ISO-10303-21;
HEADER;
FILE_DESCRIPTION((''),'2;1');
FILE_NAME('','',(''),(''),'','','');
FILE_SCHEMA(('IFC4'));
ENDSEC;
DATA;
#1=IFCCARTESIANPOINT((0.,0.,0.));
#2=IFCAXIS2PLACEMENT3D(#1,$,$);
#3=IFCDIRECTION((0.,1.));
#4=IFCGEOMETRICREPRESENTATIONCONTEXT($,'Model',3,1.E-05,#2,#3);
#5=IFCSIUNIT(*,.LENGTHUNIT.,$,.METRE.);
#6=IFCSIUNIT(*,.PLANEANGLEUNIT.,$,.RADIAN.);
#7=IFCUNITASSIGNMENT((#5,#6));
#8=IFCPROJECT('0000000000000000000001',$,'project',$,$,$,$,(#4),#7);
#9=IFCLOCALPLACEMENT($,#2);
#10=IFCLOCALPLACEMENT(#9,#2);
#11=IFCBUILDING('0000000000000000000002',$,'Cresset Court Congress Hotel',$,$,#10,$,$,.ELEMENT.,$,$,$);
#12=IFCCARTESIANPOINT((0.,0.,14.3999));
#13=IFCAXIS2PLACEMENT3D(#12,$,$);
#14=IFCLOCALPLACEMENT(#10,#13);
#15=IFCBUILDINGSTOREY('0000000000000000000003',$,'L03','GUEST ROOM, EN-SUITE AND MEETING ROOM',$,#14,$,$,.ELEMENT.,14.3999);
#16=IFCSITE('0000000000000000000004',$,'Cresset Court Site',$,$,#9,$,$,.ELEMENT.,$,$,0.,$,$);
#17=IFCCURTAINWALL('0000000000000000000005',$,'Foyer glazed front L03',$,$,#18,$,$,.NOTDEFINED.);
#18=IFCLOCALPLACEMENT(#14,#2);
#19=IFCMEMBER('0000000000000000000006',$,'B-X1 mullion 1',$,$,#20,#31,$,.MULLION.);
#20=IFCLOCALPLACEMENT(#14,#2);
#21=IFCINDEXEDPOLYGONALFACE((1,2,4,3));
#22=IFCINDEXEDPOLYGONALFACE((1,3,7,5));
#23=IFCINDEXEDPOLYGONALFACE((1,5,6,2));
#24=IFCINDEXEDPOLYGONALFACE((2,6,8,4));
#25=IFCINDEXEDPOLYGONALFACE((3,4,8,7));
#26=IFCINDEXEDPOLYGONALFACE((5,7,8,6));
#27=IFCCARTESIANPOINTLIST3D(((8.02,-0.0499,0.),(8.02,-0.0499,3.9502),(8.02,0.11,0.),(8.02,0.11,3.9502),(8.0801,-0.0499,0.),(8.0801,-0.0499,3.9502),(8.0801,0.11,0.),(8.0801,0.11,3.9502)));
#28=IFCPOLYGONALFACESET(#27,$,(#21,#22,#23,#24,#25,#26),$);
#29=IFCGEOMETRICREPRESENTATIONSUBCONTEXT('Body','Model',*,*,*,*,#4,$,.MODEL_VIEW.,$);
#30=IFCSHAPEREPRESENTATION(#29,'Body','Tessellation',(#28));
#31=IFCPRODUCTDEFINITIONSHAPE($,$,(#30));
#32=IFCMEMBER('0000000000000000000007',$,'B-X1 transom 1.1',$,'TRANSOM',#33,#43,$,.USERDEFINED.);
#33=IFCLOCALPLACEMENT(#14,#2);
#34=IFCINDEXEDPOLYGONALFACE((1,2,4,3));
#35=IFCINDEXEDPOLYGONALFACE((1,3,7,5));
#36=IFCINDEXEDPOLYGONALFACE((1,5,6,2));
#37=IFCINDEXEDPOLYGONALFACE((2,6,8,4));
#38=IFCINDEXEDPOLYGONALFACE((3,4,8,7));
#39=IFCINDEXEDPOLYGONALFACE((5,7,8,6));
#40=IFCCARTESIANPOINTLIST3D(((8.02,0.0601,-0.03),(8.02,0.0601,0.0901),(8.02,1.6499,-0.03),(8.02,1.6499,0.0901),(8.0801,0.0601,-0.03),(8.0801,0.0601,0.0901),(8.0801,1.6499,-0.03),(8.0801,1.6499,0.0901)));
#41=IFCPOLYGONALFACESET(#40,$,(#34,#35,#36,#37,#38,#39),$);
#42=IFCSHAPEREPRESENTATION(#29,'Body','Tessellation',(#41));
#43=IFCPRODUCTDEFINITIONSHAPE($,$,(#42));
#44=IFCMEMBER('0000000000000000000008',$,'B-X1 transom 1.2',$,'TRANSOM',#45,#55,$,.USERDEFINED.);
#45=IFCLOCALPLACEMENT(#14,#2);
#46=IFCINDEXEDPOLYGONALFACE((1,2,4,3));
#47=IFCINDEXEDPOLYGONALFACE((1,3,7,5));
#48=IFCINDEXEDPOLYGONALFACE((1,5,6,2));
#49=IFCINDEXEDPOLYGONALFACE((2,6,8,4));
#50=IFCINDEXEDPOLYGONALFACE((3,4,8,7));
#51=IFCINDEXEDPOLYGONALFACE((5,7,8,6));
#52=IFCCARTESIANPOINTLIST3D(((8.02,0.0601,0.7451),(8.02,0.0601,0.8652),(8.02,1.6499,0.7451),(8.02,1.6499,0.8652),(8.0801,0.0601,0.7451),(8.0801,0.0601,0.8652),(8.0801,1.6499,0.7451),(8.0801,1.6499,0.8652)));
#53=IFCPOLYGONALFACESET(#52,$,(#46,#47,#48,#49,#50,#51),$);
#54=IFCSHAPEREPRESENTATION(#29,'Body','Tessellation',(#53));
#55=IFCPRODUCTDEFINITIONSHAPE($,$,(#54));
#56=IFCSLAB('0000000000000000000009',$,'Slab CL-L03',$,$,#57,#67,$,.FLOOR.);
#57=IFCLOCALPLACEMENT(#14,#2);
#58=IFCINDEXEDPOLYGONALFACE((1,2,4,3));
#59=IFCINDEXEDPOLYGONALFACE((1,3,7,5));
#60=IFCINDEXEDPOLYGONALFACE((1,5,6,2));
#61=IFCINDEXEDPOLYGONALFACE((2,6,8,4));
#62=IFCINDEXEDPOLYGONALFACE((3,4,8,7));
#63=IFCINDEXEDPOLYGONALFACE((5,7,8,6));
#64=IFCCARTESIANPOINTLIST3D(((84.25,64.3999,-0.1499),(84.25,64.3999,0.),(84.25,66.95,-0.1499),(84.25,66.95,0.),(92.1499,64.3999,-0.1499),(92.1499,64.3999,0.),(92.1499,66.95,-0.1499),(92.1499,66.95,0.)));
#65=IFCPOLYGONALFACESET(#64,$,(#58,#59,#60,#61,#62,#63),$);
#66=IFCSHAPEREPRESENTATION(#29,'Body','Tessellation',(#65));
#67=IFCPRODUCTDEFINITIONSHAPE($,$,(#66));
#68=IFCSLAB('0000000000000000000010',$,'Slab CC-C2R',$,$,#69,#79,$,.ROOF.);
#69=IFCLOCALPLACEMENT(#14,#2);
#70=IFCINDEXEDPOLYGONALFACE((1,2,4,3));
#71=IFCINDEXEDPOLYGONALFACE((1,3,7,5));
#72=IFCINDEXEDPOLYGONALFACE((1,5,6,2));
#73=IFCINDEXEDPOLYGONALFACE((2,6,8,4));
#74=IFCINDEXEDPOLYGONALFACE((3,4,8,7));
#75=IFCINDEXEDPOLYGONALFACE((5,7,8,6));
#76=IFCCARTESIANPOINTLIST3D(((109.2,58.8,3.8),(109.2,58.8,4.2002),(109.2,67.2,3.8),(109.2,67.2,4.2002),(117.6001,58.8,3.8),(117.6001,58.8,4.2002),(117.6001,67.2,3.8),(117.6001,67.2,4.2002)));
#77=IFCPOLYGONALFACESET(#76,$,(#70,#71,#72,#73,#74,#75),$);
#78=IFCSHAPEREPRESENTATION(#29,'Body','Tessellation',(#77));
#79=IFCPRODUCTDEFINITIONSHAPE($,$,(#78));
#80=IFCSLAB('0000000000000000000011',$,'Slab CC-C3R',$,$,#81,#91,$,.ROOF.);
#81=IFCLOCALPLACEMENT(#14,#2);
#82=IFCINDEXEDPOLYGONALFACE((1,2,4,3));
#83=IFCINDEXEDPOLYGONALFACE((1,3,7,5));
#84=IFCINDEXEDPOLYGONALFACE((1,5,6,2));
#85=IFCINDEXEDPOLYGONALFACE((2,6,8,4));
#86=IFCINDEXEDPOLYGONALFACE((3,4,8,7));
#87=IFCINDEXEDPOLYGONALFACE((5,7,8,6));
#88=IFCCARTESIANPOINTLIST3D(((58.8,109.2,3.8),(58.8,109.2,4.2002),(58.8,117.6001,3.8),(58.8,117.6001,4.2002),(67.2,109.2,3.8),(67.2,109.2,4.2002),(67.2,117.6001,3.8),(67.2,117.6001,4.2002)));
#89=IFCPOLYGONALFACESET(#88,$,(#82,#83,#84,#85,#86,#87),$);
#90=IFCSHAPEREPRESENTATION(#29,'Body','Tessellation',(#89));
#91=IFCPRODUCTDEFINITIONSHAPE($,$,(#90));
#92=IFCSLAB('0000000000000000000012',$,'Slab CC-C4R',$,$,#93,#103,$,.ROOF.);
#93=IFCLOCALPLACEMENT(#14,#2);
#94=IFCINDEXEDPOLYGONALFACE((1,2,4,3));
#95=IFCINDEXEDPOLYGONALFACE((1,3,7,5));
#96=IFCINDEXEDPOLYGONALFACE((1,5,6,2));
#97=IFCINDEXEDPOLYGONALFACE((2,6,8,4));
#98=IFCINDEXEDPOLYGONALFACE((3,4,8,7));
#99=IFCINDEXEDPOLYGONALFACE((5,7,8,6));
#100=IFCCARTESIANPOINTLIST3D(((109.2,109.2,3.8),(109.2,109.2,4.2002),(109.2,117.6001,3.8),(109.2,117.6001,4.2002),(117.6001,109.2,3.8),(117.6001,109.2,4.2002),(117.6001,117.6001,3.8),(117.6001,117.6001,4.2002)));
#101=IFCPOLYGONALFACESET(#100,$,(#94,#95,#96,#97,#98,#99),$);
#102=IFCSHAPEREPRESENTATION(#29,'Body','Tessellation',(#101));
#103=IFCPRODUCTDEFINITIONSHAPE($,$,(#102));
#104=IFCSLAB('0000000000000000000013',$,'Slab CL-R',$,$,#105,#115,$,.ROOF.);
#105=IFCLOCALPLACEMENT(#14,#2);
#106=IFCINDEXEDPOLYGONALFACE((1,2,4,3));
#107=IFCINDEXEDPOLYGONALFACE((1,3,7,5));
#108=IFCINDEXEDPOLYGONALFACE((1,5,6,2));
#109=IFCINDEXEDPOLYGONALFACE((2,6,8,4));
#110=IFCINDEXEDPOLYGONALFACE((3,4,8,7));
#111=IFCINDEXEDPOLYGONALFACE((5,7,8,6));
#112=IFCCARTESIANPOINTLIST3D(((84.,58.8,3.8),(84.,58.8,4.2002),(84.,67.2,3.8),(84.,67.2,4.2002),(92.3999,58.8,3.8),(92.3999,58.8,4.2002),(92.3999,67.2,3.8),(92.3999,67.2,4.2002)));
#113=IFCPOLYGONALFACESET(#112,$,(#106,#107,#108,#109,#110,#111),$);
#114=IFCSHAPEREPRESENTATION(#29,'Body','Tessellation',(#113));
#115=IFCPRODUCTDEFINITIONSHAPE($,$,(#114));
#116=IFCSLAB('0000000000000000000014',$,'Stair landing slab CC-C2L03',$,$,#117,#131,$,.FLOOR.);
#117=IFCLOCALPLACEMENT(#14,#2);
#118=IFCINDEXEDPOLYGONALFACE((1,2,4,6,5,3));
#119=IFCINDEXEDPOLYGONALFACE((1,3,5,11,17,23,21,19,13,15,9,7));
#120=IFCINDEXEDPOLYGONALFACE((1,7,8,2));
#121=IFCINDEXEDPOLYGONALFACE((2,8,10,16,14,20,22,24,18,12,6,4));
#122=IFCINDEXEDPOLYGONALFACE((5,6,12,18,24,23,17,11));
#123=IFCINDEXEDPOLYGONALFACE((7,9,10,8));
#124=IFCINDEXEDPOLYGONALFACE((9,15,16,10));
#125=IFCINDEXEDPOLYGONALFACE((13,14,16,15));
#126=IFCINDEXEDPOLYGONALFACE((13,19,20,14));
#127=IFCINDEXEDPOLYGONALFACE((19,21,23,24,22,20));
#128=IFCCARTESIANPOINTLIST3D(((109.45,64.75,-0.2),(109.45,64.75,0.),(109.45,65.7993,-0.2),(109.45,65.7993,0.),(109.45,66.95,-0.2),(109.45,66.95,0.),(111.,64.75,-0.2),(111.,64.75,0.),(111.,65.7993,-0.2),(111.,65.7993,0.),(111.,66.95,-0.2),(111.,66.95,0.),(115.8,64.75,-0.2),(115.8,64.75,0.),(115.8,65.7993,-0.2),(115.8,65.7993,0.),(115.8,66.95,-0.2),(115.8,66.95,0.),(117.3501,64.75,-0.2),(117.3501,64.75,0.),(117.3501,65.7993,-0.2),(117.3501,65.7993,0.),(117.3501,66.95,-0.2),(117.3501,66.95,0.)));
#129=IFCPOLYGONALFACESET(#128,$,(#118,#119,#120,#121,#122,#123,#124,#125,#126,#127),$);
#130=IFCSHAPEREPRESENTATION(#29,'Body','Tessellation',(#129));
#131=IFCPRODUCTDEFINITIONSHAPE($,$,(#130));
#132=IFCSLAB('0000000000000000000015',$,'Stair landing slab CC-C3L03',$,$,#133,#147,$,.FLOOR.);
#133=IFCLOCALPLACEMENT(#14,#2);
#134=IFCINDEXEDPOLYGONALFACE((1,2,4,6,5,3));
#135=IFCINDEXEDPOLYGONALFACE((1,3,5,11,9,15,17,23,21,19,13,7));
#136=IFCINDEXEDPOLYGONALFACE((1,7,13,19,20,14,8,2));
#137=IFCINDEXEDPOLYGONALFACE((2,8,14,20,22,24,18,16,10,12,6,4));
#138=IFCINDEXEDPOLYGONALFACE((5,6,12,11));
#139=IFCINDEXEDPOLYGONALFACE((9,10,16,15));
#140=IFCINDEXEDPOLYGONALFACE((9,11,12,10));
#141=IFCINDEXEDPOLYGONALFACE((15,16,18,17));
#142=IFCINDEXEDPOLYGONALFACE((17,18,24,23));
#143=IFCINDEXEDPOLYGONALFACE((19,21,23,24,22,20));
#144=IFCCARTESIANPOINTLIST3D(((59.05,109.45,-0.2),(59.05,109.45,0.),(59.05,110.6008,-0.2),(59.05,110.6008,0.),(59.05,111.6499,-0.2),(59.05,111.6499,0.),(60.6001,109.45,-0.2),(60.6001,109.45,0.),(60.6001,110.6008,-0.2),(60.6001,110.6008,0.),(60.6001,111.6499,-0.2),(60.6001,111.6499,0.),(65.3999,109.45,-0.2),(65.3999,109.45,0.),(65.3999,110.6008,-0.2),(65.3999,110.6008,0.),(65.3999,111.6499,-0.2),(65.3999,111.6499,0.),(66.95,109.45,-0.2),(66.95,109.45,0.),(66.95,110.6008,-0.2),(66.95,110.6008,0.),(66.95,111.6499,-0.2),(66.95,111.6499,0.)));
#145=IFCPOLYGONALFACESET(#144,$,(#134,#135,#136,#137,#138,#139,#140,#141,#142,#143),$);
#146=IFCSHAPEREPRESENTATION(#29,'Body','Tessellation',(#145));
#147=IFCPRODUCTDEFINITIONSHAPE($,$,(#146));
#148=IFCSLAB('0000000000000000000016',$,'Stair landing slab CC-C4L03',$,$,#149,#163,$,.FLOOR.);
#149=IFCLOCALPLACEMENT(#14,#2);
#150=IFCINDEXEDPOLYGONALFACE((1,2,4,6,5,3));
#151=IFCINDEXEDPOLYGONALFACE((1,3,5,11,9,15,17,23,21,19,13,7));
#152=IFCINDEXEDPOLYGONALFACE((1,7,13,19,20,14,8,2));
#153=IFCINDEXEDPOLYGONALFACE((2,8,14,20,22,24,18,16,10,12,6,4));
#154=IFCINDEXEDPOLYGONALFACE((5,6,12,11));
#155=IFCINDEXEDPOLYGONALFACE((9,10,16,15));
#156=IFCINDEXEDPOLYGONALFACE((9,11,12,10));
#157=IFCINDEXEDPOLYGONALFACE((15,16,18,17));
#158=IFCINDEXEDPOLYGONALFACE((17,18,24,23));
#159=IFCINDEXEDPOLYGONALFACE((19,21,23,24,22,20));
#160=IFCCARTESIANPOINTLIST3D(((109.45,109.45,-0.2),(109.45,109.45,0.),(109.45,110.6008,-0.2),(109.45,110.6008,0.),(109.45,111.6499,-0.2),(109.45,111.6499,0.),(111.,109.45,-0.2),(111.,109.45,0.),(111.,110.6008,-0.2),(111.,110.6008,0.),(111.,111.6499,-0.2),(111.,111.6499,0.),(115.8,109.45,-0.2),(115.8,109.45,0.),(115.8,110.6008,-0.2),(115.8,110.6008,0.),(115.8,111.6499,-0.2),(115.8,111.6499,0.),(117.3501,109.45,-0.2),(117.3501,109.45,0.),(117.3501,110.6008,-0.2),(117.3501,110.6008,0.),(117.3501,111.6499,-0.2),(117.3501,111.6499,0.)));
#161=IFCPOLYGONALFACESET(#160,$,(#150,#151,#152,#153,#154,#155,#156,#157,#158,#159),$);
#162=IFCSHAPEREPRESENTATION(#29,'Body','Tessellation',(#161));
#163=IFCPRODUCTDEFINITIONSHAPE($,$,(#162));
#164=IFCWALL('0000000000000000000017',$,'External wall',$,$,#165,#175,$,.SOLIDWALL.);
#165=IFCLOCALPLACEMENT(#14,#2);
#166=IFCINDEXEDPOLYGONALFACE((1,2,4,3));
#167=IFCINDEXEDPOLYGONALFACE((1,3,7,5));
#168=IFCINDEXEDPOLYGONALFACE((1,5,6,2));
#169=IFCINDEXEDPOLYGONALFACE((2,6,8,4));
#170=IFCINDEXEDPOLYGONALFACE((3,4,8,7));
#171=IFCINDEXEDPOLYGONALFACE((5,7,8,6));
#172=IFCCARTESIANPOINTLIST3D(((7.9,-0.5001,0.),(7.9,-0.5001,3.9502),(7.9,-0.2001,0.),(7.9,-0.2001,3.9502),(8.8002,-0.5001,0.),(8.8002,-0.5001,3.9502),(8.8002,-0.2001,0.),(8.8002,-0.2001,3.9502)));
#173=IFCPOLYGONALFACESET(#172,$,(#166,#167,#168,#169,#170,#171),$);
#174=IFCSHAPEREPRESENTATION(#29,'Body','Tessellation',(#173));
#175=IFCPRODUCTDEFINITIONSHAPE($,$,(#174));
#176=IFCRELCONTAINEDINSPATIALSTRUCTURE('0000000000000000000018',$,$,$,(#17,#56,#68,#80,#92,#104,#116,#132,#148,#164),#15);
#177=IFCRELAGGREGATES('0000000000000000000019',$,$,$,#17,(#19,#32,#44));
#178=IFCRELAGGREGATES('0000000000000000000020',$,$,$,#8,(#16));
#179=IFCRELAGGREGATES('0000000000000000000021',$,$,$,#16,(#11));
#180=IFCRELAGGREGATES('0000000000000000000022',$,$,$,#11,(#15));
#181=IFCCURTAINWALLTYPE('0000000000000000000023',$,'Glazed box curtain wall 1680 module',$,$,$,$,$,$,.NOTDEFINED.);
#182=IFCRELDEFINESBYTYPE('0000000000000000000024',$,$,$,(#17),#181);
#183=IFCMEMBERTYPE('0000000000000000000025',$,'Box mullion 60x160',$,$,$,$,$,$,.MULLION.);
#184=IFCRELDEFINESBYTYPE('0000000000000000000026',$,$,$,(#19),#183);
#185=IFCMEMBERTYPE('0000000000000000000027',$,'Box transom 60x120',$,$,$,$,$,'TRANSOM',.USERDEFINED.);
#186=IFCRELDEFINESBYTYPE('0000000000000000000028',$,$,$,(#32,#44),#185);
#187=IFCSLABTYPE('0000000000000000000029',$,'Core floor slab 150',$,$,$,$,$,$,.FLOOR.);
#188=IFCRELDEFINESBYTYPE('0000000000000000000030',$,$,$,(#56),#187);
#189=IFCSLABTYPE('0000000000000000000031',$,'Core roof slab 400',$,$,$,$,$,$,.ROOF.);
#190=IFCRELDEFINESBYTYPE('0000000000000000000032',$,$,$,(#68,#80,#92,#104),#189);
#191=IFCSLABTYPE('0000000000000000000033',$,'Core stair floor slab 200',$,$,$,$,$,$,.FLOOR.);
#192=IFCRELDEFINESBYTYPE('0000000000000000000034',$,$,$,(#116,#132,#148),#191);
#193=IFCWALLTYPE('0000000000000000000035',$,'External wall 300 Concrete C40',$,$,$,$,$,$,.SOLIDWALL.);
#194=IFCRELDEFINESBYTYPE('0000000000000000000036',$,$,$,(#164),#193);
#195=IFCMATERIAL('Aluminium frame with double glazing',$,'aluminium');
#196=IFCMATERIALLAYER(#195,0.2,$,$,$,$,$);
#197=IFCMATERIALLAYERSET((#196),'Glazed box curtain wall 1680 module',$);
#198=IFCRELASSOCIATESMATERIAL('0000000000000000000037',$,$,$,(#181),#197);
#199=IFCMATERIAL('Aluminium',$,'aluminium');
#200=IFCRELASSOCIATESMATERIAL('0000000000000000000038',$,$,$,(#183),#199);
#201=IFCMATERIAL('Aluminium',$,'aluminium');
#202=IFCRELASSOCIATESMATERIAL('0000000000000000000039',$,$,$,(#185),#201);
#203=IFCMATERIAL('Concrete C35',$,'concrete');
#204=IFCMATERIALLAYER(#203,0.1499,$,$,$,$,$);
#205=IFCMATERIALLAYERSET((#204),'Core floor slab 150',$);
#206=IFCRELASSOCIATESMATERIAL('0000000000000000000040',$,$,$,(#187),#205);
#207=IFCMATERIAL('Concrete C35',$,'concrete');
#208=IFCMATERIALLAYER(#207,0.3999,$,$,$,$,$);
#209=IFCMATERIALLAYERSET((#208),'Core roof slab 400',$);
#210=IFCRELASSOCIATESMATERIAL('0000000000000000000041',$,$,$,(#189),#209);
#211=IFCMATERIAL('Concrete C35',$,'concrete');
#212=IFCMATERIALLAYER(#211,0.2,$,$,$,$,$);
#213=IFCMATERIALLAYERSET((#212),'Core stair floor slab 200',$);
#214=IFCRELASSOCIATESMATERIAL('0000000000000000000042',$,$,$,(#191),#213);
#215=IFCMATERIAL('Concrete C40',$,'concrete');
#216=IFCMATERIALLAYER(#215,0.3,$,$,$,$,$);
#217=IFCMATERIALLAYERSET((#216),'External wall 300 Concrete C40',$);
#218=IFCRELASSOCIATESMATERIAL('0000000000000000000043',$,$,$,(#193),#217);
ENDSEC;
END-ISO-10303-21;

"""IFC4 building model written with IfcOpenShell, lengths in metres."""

from ifc_helpers import new_model, si_unit, direction, frame, frame_2d, origin, origin_2d, place, context, subcontext, project, spatial, polyline, rectangle, outline, extrude, material, layer, layer_set, material_profile, profile_set, type_object, element, aggregate, save


model = new_model("IFC4")

# Units and contexts
model_context = context("Model", 3, precision=1e-05, world=origin(), true_north=direction((0.0, 1.0)))
body_context = subcontext(model_context, "Body", "Model", "MODEL_VIEW")
ifc_project = project(units=[si_unit("LENGTHUNIT", "METRE"), si_unit("PLANEANGLEUNIT", "RADIAN")], contexts=[model_context])

# Site, building, storey
site_placement = place(None, origin())
site = spatial("IfcSite", under=ifc_project, at=site_placement, Name="Cresset Court Site", CompositionType="ELEMENT", RefElevation=0.0)
building_placement = place(site_placement, origin())
building = spatial("IfcBuilding", under=site, at=building_placement, Name="Cresset Court Congress Hotel", CompositionType="ELEMENT")
storey_placement = place(building_placement, frame((0.0, 0.0, 14.3999)))
storey = spatial("IfcBuildingStorey", under=building, at=storey_placement, Name="L03", Description="GUEST ROOM, EN-SUITE AND MEETING ROOM", CompositionType="ELEMENT", Elevation=14.3999)

# Curtain wall, members
ifc_material_1 = material(Name="Aluminium frame with double glazing", Category="aluminium")
ifc_layer_1 = layer(ifc_material_1, 0.2)
ifc_layer_set_1 = layer_set([ifc_layer_1], Name="Glazed box curtain wall 1680 module")
curtain_wall_type = type_object("IfcCurtainWallType", Name="Glazed box curtain wall 1680 module", PredefinedType="NOTDEFINED", material=ifc_layer_set_1)
curtain_wall_placement = place(storey_placement, origin())
curtain_wall = element("IfcCurtainWall", 1, at=curtain_wall_placement, inside=storey, type_object=curtain_wall_type, Name="Foyer glazed front L03", PredefinedType="NOTDEFINED")
ifc_material_2 = material(Name="Aluminium", Category="aluminium")
ifc_material_profile_1 = material_profile(ifc_material_2, rectangle(XDim=0.0601, YDim=0.1599, at=origin_2d()), Name="Box mullion 60x160")
ifc_profile_set_1 = profile_set([ifc_material_profile_1], Name="Aluminium")
member_type_1 = type_object("IfcMemberType", Name="Box mullion 60x160", PredefinedType="MULLION", material=ifc_profile_set_1)
member_1_placement = place(storey_placement, frame((8.05, 0.03, 0.0), z_axis=(0.0, 0.0, 1.0), x_axis=(-1.0, 0.0, 0.0)))
member_1 = element("IfcMember", 2, at=member_1_placement, type_object=member_type_1, Name="B-X1 mullion 1", PredefinedType="MULLION", context=body_context, shape_type="SweptSolid", body=[
    extrude(rectangle(XDim=0.0601, YDim=0.1599, at=origin_2d()), origin(), (0.0, 0.0, 1.0), 3.9502),
])
ifc_material_3 = material(Name="Aluminium", Category="aluminium")
ifc_material_profile_2 = material_profile(ifc_material_3, rectangle(XDim=0.0601, YDim=0.1201, at=origin_2d()), Name="Box transom 60x120")
ifc_profile_set_2 = profile_set([ifc_material_profile_2], Name="Aluminium")
member_type_2 = type_object("IfcMemberType", Name="Box transom 60x120", ElementType="TRANSOM", PredefinedType="USERDEFINED", material=ifc_profile_set_2)
member_2_placement = place(storey_placement, frame((8.05, 0.0601, 0.03), z_axis=(0.0, 1.0, 0.0), x_axis=(-1.0, 0.0, 0.0)))
member_2 = element("IfcMember", 3, at=member_2_placement, type_object=member_type_2, Name="B-X1 transom 1.1", ObjectType="TRANSOM", PredefinedType="USERDEFINED", context=body_context, shape_type="SweptSolid", body=[
    extrude(rectangle(XDim=0.0601, YDim=0.1201, at=origin_2d()), origin(), (0.0, 0.0, 1.0), 1.5898),
])
member_3_placement = place(storey_placement, frame((8.05, 0.0601, 0.8052), z_axis=(0.0, 1.0, 0.0), x_axis=(-1.0, 0.0, 0.0)))
member_3 = element("IfcMember", 4, at=member_3_placement, type_object=member_type_2, Name="B-X1 transom 1.2", ObjectType="TRANSOM", PredefinedType="USERDEFINED", context=body_context, shape_type="SweptSolid", body=[
    extrude(rectangle(XDim=0.0601, YDim=0.1201, at=origin_2d()), origin(), (0.0, 0.0, 1.0), 1.5898),
])
aggregate(curtain_wall, [member_1, member_2, member_3])

# Slabs
ifc_material_4 = material(Name="Concrete C35", Category="concrete")
ifc_layer_2 = layer(ifc_material_4, 0.1499)
ifc_layer_set_2 = layer_set([ifc_layer_2], Name="Core floor slab 150")
slab_type_1 = type_object("IfcSlabType", Name="Core floor slab 150", PredefinedType="FLOOR", material=ifc_layer_set_2)
slab_1_placement = place(storey_placement, frame((0.0, 0.0, -0.1499)))
element("IfcSlab", 5, at=slab_1_placement, inside=storey, type_object=slab_type_1, Name="Slab CL-L03", PredefinedType="FLOOR", context=body_context, shape_type="SweptSolid", body=[
    extrude(outline(polyline([(92.1499, 64.3999), (92.1499, 66.95), (84.25, 66.95), (84.25, 64.3999), (92.1499, 64.3999)])), origin(), (0.0, 0.0, 1.0), 0.1499),
])
ifc_material_5 = material(Name="Concrete C35", Category="concrete")
ifc_layer_3 = layer(ifc_material_5, 0.3999)
ifc_layer_set_3 = layer_set([ifc_layer_3], Name="Core roof slab 400")
slab_type_2 = type_object("IfcSlabType", Name="Core roof slab 400", PredefinedType="ROOF", material=ifc_layer_set_3)
slab_2_placement = place(storey_placement, frame((0.0, 0.0, 3.8)))
element("IfcSlab", 6, at=slab_2_placement, inside=storey, type_object=slab_type_2, Name="Slab CC-C2R", PredefinedType="ROOF", context=body_context, shape_type="SweptSolid", body=[
    extrude(outline(polyline([(117.6001, 58.8), (117.6001, 67.2), (109.2, 67.2), (109.2, 58.8), (117.6001, 58.8)])), origin(), (0.0, 0.0, 1.0), 0.4001),
])
slab_3_placement = place(storey_placement, frame((0.0, 0.0, 3.8)))
element("IfcSlab", 7, at=slab_3_placement, inside=storey, type_object=slab_type_2, Name="Slab CC-C3R", PredefinedType="ROOF", context=body_context, shape_type="SweptSolid", body=[
    extrude(outline(polyline([(67.2, 109.2), (67.2, 117.6001), (58.8, 117.6001), (58.8, 109.2), (67.2, 109.2)])), origin(), (0.0, 0.0, 1.0), 0.4001),
])
slab_4_placement = place(storey_placement, frame((0.0, 0.0, 3.8)))
element("IfcSlab", 8, at=slab_4_placement, inside=storey, type_object=slab_type_2, Name="Slab CC-C4R", PredefinedType="ROOF", context=body_context, shape_type="SweptSolid", body=[
    extrude(outline(polyline([(117.6001, 109.2), (117.6001, 117.6001), (109.2, 117.6001), (109.2, 109.2), (117.6001, 109.2)])), origin(), (0.0, 0.0, 1.0), 0.4001),
])
slab_5_placement = place(storey_placement, frame((0.0, 0.0, 3.8)))
element("IfcSlab", 9, at=slab_5_placement, inside=storey, type_object=slab_type_2, Name="Slab CL-R", PredefinedType="ROOF", context=body_context, shape_type="SweptSolid", body=[
    extrude(outline(polyline([(92.3999, 58.8), (92.3999, 67.2), (84.0, 67.2), (84.0, 58.8), (92.3999, 58.8)])), origin(), (0.0, 0.0, 1.0), 0.4001),
])
ifc_material_6 = material(Name="Concrete C35", Category="concrete")
ifc_layer_4 = layer(ifc_material_6, 0.2)
ifc_layer_set_4 = layer_set([ifc_layer_4], Name="Core stair floor slab 200")
slab_type_3 = type_object("IfcSlabType", Name="Core stair floor slab 200", PredefinedType="FLOOR", material=ifc_layer_set_4)
slab_6_placement = place(storey_placement, frame((0.0, 0.0, -0.2)))
element("IfcSlab", 10, at=slab_6_placement, inside=storey, type_object=slab_type_3, Name="Stair landing slab CC-C2L03", PredefinedType="FLOOR", context=body_context, shape_type="SweptSolid", body=[
    extrude(outline(polyline([(111.0, 64.75), (109.45, 64.75), (109.45, 65.7993), (109.45, 66.95), (111.0, 66.95), (115.8, 66.95), (117.3501, 66.95), (117.3501, 65.7993), (117.3501, 64.75), (115.8, 64.75), (115.8, 65.7993), (111.0, 65.7993), (111.0, 64.75)])), origin(), (0.0, 0.0, 1.0), 0.2),
])
slab_7_placement = place(storey_placement, frame((0.0, 0.0, -0.2)))
element("IfcSlab", 11, at=slab_7_placement, inside=storey, type_object=slab_type_3, Name="Stair landing slab CC-C3L03", PredefinedType="FLOOR", context=body_context, shape_type="SweptSolid", body=[
    extrude(outline(polyline([(66.95, 109.45), (65.3999, 109.45), (60.6001, 109.45), (59.05, 109.45), (59.05, 110.6008), (59.05, 111.6499), (60.6001, 111.6499), (60.6001, 110.6008), (65.3999, 110.6008), (65.3999, 111.6499), (66.95, 111.6499), (66.95, 110.6008), (66.95, 109.45)])), origin(), (0.0, 0.0, 1.0), 0.2),
])
slab_8_placement = place(storey_placement, frame((0.0, 0.0, -0.2)))
element("IfcSlab", 12, at=slab_8_placement, inside=storey, type_object=slab_type_3, Name="Stair landing slab CC-C4L03", PredefinedType="FLOOR", context=body_context, shape_type="SweptSolid", body=[
    extrude(outline(polyline([(117.3501, 109.45), (115.8, 109.45), (111.0, 109.45), (109.45, 109.45), (109.45, 110.6008), (109.45, 111.6499), (111.0, 111.6499), (111.0, 110.6008), (115.8, 110.6008), (115.8, 111.6499), (117.3501, 111.6499), (117.3501, 110.6008), (117.3501, 109.45)])), origin(), (0.0, 0.0, 1.0), 0.2),
])

# Wall
ifc_material_7 = material(Name="Concrete C40", Category="concrete")
ifc_layer_5 = layer(ifc_material_7, 0.3)
ifc_layer_set_5 = layer_set([ifc_layer_5], Name="External wall 300 Concrete C40")
wall_type = type_object("IfcWallType", Name="External wall 300 Concrete C40", PredefinedType="SOLIDWALL", material=ifc_layer_set_5)
wall_placement = place(storey_placement, frame((7.8999, -0.3501, 0.0), z_axis=(0.0, 0.0, 1.0), x_axis=(1.0, 0.0, 0.0)))
element("IfcWall", 13, at=wall_placement, inside=storey, type_object=wall_type, Name="External wall", PredefinedType="SOLIDWALL", context=body_context, shape_type="SweptSolid", body=[
    extrude(rectangle(XDim=0.9001, YDim=0.3, at=frame_2d((0.4502, 0.0))), origin(), (0.0, 0.0, 1.0), 3.9502),
])

save(model, "model.ifc")
